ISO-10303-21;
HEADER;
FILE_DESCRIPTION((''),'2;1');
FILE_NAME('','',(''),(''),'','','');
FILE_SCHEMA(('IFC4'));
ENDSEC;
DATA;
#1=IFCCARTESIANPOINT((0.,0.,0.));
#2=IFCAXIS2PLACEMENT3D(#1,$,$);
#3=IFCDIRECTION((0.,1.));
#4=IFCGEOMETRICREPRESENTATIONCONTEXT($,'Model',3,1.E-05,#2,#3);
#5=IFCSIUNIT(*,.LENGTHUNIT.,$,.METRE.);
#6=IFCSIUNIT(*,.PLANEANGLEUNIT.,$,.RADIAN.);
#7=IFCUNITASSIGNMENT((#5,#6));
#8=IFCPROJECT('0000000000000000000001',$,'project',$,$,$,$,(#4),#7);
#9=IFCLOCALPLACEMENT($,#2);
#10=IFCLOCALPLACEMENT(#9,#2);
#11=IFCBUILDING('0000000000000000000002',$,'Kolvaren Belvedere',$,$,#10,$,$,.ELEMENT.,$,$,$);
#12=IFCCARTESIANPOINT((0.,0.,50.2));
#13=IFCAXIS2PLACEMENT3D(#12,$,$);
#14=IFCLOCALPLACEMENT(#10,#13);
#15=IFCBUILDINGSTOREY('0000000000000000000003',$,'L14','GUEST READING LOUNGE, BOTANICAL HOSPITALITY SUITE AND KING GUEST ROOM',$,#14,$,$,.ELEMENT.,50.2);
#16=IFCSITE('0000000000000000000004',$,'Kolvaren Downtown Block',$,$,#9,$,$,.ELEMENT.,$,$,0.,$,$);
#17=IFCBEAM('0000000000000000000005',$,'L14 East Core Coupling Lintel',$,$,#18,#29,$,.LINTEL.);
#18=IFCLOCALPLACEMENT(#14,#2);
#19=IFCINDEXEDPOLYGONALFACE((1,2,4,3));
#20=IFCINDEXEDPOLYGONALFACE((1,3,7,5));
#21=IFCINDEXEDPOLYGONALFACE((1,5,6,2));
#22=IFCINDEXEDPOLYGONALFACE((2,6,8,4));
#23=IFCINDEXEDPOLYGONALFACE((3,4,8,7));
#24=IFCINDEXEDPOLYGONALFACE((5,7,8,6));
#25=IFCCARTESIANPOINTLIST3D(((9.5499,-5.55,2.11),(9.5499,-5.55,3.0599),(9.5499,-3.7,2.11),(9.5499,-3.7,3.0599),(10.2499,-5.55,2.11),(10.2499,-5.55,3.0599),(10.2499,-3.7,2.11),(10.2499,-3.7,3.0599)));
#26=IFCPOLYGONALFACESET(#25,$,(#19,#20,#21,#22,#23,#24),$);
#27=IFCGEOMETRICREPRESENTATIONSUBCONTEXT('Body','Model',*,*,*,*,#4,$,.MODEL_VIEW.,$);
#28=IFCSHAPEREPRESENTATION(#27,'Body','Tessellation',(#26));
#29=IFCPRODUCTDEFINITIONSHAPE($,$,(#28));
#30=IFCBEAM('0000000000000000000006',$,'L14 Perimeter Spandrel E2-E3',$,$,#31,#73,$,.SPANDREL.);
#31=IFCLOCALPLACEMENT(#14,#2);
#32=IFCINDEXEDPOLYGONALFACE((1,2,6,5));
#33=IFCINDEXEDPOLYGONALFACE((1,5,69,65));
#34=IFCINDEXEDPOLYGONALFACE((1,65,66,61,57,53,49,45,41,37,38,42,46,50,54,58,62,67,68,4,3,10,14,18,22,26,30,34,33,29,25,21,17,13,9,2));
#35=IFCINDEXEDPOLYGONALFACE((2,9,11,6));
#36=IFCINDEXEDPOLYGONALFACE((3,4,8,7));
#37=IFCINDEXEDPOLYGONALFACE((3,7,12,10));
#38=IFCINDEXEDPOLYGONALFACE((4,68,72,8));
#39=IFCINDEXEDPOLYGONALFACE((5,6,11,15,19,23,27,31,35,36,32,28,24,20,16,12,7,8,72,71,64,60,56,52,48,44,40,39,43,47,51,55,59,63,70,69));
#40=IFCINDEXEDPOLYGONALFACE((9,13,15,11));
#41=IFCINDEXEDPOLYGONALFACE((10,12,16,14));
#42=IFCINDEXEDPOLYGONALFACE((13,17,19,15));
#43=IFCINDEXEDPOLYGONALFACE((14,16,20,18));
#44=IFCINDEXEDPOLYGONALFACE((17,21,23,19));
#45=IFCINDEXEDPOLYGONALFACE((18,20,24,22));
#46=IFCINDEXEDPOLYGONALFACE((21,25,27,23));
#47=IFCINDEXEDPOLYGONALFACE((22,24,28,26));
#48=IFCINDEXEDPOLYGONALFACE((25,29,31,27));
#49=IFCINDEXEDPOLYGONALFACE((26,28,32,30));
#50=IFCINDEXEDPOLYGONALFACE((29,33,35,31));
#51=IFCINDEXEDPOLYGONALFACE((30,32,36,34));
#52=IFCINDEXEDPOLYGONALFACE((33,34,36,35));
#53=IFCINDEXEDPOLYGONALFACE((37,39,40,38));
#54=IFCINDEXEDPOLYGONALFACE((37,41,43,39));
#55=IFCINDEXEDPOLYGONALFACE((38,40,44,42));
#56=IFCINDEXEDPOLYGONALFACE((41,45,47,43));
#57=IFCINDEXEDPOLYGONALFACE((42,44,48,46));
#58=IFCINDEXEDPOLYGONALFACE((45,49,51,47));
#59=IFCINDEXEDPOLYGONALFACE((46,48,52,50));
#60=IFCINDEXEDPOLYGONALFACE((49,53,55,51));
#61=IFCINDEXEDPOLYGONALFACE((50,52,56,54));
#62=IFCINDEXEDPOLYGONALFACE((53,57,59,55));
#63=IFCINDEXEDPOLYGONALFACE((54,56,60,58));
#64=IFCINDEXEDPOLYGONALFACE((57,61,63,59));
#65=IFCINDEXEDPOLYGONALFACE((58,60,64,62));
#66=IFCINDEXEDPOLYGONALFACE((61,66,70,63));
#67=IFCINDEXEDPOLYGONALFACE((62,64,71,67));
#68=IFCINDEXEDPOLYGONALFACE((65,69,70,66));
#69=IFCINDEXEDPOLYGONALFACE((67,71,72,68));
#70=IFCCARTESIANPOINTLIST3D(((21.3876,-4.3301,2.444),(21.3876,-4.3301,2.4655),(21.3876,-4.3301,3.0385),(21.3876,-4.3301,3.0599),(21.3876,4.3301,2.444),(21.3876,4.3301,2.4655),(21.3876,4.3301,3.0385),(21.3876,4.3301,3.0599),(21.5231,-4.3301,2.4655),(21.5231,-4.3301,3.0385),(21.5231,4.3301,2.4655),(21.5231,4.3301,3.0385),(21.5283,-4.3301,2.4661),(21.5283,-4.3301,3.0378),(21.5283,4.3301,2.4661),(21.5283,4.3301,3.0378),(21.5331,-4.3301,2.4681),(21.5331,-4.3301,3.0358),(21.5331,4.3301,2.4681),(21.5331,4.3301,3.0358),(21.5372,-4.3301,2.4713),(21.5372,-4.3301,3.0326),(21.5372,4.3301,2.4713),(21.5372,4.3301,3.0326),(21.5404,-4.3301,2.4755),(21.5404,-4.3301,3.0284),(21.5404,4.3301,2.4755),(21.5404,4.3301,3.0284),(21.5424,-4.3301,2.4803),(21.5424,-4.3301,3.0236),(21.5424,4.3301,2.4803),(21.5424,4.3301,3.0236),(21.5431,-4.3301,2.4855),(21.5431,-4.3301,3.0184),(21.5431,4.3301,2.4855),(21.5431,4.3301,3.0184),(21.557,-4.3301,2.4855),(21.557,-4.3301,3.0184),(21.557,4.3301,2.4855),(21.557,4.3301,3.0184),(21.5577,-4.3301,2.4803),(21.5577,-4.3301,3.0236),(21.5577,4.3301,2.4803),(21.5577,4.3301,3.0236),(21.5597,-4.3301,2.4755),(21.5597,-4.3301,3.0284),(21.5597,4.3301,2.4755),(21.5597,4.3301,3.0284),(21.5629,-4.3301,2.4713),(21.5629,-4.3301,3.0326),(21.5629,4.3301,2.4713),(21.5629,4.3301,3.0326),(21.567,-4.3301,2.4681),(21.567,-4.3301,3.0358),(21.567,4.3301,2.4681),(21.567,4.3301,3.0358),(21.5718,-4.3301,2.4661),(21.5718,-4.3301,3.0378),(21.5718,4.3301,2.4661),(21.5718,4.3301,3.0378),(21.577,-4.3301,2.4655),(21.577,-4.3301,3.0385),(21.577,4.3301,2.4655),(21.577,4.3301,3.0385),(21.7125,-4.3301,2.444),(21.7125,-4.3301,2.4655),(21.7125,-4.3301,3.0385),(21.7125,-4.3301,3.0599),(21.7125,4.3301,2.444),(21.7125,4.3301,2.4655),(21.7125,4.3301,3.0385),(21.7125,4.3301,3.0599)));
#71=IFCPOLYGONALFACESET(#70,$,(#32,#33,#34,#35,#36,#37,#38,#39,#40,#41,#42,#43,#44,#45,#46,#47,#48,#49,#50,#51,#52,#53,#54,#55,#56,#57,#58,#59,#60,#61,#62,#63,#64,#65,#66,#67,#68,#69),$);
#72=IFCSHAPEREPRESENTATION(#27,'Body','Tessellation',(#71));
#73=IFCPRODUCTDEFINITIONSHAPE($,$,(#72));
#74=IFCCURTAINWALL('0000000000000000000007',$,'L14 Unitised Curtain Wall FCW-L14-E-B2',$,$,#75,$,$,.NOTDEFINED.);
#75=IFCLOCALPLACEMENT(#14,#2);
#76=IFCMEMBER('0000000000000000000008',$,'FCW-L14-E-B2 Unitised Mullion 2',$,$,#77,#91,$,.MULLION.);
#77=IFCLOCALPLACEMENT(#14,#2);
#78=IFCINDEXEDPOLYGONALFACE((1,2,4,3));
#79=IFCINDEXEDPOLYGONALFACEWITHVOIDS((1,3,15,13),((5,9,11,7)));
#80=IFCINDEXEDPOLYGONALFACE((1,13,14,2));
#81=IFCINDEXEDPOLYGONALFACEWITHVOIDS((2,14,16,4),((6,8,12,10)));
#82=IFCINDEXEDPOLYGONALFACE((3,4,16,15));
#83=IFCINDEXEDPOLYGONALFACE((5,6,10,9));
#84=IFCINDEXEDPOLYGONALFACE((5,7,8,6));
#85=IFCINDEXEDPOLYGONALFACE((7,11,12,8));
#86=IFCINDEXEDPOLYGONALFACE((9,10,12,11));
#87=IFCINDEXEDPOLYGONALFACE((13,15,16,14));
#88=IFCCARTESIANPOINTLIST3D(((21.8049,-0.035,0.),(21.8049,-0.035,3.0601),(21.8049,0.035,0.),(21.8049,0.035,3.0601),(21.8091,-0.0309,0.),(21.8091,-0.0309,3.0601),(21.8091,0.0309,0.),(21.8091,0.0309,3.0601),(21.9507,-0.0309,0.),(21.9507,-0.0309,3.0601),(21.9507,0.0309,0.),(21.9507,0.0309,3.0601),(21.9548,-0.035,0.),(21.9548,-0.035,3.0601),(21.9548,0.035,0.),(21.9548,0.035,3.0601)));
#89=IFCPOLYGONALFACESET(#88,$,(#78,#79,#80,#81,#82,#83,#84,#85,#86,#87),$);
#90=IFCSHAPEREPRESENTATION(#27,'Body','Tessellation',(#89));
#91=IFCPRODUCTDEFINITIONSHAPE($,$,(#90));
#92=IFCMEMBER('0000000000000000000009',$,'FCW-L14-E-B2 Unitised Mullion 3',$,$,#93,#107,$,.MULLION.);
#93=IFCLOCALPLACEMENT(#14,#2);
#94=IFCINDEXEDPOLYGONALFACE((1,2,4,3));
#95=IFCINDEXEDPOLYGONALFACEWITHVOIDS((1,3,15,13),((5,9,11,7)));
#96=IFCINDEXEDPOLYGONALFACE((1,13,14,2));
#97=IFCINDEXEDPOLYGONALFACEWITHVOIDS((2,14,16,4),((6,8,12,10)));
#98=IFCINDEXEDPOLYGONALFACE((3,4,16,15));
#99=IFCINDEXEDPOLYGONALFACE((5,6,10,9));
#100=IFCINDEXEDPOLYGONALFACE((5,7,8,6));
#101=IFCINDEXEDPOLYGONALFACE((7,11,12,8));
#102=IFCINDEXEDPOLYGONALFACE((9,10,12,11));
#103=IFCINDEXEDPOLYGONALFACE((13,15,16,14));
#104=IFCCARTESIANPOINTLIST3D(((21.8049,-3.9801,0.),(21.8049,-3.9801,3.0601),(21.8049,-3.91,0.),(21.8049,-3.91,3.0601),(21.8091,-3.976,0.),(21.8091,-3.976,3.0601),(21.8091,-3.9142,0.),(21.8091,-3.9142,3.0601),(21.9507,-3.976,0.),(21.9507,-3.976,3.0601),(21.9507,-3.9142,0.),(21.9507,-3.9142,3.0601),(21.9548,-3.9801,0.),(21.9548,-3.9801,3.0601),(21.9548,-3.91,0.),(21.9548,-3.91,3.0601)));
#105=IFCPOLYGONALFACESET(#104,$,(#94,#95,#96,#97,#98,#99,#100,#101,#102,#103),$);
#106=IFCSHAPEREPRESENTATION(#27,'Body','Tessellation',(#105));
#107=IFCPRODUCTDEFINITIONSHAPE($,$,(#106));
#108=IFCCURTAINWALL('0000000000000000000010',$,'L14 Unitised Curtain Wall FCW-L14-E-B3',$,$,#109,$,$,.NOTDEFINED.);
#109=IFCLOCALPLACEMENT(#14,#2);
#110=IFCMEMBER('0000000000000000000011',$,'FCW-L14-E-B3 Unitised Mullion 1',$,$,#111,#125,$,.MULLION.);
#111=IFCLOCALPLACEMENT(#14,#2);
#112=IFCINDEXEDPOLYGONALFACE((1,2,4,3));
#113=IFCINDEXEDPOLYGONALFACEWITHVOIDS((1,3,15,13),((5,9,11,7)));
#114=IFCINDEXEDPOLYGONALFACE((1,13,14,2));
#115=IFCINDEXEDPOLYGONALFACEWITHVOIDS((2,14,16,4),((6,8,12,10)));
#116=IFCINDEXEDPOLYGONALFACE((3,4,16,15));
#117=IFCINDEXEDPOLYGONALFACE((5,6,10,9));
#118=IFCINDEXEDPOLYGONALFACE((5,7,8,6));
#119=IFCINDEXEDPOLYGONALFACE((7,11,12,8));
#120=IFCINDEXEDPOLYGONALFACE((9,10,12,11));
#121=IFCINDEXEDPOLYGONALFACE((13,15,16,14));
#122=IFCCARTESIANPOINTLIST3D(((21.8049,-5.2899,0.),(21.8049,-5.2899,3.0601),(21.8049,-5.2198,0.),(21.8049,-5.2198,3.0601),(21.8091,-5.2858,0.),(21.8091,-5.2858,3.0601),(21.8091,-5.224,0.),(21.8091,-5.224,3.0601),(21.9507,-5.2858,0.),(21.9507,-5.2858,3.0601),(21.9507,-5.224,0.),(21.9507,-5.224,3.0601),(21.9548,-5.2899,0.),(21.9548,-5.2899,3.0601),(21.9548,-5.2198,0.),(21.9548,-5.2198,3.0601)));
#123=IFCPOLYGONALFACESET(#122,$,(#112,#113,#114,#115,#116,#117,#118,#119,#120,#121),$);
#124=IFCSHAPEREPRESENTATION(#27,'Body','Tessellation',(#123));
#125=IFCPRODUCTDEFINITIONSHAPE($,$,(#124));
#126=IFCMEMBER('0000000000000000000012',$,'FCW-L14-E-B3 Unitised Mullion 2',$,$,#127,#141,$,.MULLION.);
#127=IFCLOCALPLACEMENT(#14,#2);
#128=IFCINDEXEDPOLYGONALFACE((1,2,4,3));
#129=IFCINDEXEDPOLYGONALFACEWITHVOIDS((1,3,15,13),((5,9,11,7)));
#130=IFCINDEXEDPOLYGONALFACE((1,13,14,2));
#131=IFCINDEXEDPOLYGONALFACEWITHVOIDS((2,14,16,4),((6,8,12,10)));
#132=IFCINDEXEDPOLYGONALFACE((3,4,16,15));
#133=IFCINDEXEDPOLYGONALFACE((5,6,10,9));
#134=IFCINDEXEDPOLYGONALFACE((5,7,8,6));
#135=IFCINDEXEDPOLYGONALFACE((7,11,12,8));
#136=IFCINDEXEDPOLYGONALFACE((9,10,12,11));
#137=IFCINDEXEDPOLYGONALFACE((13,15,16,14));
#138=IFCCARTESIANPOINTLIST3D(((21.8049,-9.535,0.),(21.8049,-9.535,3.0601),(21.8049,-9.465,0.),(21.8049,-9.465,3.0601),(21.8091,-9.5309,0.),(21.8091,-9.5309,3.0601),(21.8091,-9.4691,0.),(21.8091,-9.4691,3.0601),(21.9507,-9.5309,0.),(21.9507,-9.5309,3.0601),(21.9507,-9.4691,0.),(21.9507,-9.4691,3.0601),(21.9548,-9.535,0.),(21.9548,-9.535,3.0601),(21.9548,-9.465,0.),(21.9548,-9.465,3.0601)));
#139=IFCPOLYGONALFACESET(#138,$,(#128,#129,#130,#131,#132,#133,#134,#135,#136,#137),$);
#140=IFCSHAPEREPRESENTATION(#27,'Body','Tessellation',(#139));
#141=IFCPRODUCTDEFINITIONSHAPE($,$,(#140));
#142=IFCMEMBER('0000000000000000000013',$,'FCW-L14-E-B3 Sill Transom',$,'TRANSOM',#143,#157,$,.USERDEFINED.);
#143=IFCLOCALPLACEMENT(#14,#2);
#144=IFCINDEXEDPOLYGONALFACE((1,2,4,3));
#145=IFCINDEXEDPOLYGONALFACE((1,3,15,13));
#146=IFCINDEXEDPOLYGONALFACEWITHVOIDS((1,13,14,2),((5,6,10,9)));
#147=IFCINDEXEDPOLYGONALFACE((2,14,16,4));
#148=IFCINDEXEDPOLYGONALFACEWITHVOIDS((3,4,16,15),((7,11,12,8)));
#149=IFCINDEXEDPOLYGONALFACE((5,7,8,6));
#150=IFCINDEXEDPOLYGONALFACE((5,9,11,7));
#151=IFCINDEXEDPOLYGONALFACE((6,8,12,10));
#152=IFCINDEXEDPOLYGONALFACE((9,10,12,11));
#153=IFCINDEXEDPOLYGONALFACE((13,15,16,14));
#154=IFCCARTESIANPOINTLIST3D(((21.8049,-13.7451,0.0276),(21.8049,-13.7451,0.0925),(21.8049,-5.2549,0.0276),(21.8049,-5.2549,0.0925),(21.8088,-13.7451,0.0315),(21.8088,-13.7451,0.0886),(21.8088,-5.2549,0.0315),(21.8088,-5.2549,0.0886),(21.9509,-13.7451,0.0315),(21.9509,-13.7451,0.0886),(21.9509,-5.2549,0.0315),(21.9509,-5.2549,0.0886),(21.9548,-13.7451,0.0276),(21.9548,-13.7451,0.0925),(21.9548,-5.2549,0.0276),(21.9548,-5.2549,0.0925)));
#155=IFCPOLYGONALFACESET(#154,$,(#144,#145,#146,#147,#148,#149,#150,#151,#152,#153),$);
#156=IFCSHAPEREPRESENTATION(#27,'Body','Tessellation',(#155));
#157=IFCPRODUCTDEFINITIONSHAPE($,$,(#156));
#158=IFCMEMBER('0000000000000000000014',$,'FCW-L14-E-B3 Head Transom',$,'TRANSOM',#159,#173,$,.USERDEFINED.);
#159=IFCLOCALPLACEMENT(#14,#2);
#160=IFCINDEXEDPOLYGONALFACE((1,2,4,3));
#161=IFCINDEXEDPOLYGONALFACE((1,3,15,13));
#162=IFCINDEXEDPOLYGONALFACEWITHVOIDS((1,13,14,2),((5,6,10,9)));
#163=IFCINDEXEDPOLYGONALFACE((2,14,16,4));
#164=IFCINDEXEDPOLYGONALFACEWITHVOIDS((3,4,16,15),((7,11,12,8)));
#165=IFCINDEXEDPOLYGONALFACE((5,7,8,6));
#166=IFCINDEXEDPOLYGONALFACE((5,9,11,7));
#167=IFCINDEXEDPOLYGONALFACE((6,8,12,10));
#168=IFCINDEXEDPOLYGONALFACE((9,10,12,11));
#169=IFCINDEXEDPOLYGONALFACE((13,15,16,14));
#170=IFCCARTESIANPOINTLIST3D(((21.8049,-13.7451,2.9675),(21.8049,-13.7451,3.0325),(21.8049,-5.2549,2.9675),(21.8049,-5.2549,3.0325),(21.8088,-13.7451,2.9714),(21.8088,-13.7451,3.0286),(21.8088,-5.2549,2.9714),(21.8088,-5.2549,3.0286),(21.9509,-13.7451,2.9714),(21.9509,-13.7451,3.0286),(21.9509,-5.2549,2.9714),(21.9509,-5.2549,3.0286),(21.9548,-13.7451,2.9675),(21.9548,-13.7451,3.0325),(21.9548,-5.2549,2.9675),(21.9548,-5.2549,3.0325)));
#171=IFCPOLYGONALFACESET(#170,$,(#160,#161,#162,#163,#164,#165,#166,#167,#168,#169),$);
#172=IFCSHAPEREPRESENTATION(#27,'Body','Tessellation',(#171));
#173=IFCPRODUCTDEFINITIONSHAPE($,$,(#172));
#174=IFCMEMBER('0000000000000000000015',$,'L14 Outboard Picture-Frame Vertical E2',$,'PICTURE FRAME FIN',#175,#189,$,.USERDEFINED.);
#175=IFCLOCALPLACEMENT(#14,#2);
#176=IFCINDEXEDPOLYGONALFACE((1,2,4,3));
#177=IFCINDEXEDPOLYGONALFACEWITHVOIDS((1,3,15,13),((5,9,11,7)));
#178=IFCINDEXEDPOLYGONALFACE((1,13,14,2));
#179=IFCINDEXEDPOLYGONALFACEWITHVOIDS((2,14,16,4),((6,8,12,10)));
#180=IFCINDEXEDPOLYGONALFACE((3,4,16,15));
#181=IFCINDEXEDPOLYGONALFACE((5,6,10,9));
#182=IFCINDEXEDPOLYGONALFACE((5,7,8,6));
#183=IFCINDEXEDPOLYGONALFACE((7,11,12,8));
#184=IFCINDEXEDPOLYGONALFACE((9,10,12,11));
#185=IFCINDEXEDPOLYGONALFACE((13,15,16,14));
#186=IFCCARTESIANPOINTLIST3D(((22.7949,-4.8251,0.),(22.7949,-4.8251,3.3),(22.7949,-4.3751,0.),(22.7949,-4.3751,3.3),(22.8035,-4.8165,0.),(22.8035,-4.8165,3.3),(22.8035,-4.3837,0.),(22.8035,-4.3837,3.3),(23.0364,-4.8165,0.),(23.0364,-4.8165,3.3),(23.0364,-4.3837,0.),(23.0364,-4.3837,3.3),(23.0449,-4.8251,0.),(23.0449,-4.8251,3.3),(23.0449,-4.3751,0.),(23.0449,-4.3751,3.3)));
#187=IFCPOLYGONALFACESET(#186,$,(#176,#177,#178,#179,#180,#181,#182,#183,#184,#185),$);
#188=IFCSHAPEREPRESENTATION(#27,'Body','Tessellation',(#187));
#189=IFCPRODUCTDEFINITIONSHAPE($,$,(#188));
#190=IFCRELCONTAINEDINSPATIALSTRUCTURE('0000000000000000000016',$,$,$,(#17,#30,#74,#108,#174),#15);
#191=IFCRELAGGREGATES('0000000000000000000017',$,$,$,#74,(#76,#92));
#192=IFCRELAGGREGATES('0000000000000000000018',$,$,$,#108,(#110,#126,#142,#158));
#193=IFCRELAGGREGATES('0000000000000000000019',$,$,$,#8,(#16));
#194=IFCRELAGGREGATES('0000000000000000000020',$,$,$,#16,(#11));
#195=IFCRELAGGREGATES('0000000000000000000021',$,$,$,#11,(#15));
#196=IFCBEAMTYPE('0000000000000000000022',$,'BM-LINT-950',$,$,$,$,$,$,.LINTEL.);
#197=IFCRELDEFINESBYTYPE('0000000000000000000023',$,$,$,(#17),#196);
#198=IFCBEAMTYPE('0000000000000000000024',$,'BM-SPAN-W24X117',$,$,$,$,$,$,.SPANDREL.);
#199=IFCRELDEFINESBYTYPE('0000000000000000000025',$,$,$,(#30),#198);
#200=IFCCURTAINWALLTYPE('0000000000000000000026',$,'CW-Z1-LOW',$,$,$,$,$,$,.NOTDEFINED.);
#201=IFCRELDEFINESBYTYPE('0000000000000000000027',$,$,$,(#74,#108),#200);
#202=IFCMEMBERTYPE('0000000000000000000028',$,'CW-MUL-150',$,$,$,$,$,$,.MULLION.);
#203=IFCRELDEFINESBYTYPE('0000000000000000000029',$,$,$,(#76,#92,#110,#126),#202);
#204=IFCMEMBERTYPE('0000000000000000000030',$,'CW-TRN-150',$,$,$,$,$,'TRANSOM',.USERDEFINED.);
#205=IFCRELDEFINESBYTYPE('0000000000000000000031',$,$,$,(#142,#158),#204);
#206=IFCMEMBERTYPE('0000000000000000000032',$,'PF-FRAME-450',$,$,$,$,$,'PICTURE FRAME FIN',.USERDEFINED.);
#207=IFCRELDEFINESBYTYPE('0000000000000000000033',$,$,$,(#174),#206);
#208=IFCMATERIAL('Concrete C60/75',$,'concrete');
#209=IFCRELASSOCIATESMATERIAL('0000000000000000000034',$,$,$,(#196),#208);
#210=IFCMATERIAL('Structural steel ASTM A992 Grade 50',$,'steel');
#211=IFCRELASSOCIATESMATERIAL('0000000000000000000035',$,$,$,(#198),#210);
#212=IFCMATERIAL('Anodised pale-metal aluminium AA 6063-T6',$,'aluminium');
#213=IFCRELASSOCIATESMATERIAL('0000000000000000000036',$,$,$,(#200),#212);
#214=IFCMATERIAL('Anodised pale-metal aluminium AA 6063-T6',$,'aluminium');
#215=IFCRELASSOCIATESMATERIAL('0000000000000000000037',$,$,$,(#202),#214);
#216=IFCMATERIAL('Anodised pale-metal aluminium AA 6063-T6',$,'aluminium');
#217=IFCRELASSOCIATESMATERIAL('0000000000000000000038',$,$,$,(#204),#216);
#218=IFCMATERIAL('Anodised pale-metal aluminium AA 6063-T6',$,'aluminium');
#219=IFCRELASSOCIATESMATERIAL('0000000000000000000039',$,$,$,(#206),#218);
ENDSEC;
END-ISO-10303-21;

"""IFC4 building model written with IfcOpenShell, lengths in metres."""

from ifc_helpers import new_model, si_unit, direction, frame, origin, origin_2d, place, context, subcontext, project, spatial, rectangle, hollow_rectangle, i_section, extrude, material, material_profile, profile_set, type_object, element, aggregate, save


model = new_model("IFC4")

# Units and contexts
model_context = context("Model", 3, precision=1e-05, world=origin(), true_north=direction((0.0, 1.0)))
body_context = subcontext(model_context, "Body", "Model", "MODEL_VIEW")
ifc_project = project(units=[si_unit("LENGTHUNIT", "METRE"), si_unit("PLANEANGLEUNIT", "RADIAN")], contexts=[model_context])

# Site, building, storey
site_placement = place(None, origin())
site = spatial("IfcSite", under=ifc_project, at=site_placement, Name="Kolvaren Downtown Block", CompositionType="ELEMENT", RefElevation=0.0)
building_placement = place(site_placement, origin())
building = spatial("IfcBuilding", under=site, at=building_placement, Name="Kolvaren Belvedere", CompositionType="ELEMENT")
storey_placement = place(building_placement, frame((0.0, 0.0, 50.2)))
storey = spatial("IfcBuildingStorey", under=building, at=storey_placement, Name="L14", Description="GUEST READING LOUNGE, BOTANICAL HOSPITALITY SUITE AND KING GUEST ROOM", CompositionType="ELEMENT", Elevation=50.2)

# Beams
ifc_material_1 = material(Name="Concrete C60/75", Category="concrete")
ifc_material_profile_1 = material_profile(ifc_material_1, rectangle(XDim=0.7, YDim=0.95, at=origin_2d()), Name="RC 700X950")
ifc_profile_set_1 = profile_set([ifc_material_profile_1], Name="Concrete C60/75")
beam_type_1 = type_object("IfcBeamType", Name="BM-LINT-950", PredefinedType="LINTEL", material=ifc_profile_set_1)
beam_1_placement = place(storey_placement, frame((9.8999, -5.55, 2.585), z_axis=(0.0, 1.0, 0.0), x_axis=(-1.0, 0.0, 0.0)))
element("IfcBeam", 1, at=beam_1_placement, inside=storey, type_object=beam_type_1, Name="L14 East Core Coupling Lintel", PredefinedType="LINTEL", context=body_context, shape_type="SweptSolid", body=[
    extrude(rectangle(XDim=0.7, YDim=0.95, at=origin_2d()), origin(), (0.0, 0.0, 1.0), 1.8501),
])
ifc_material_2 = material(Name="Structural steel ASTM A992 Grade 50", Category="steel")
ifc_material_profile_2 = material_profile(ifc_material_2, i_section(OverallWidth=0.325, OverallDepth=0.616, WebThickness=0.0139, FlangeThickness=0.0215, FilletRadius=0.02, at=origin_2d()), Name="W24X117")
ifc_profile_set_2 = profile_set([ifc_material_profile_2], Name="Structural steel ASTM A992 Grade 50")
beam_type_2 = type_object("IfcBeamType", Name="BM-SPAN-W24X117", PredefinedType="SPANDREL", material=ifc_profile_set_2)
beam_2_placement = place(storey_placement, frame((21.55, -4.3301, 2.752), z_axis=(0.0, 1.0, 0.0), x_axis=(-1.0, 0.0, 0.0)))
element("IfcBeam", 2, at=beam_2_placement, inside=storey, type_object=beam_type_2, Name="L14 Perimeter Spandrel E2-E3", PredefinedType="SPANDREL", context=body_context, shape_type="SweptSolid", body=[
    extrude(i_section(OverallWidth=0.325, OverallDepth=0.616, WebThickness=0.0139, FlangeThickness=0.0215, FilletRadius=0.02, at=origin_2d()), origin(), (0.0, 0.0, 1.0), 8.6602),
])

# Curtain walls, members
ifc_material_3 = material(Name="Anodised pale-metal aluminium AA 6063-T6", Category="aluminium")
curtain_wall_type = type_object("IfcCurtainWallType", Name="CW-Z1-LOW", PredefinedType="NOTDEFINED", material=ifc_material_3)
curtain_wall_1_placement = place(storey_placement, origin())
curtain_wall_1 = element("IfcCurtainWall", 3, at=curtain_wall_1_placement, inside=storey, type_object=curtain_wall_type, Name="L14 Unitised Curtain Wall FCW-L14-E-B2", PredefinedType="NOTDEFINED")
ifc_material_4 = material(Name="Anodised pale-metal aluminium AA 6063-T6", Category="aluminium")
ifc_material_profile_3 = material_profile(ifc_material_4, hollow_rectangle(XDim=0.0701, YDim=0.1499, WallThickness=0.0042, at=origin_2d()), Name="ALU-MUL-150X70")
ifc_profile_set_3 = profile_set([ifc_material_profile_3], Name="Anodised pale-metal aluminium AA 6063-T6")
member_type_1 = type_object("IfcMemberType", Name="CW-MUL-150", PredefinedType="MULLION", material=ifc_profile_set_3)
member_1_placement = place(storey_placement, frame((21.8799, 0.0, 0.0), z_axis=(0.0, 0.0, 1.0), x_axis=(0.0, 1.0, 0.0)))
member_1 = element("IfcMember", 4, at=member_1_placement, type_object=member_type_1, Name="FCW-L14-E-B2 Unitised Mullion 2", PredefinedType="MULLION", context=body_context, shape_type="SweptSolid", body=[
    extrude(hollow_rectangle(XDim=0.0701, YDim=0.1499, WallThickness=0.0042, at=origin_2d()), origin(), (0.0, 0.0, 1.0), 3.0601),
])
member_2_placement = place(storey_placement, frame((21.8799, -3.9451, 0.0), z_axis=(0.0, 0.0, 1.0), x_axis=(0.0, 1.0, 0.0)))
member_2 = element("IfcMember", 5, at=member_2_placement, type_object=member_type_1, Name="FCW-L14-E-B2 Unitised Mullion 3", PredefinedType="MULLION", context=body_context, shape_type="SweptSolid", body=[
    extrude(hollow_rectangle(XDim=0.0701, YDim=0.1499, WallThickness=0.0042, at=origin_2d()), origin(), (0.0, 0.0, 1.0), 3.0601),
])
curtain_wall_2_placement = place(storey_placement, origin())
curtain_wall_2 = element("IfcCurtainWall", 6, at=curtain_wall_2_placement, inside=storey, type_object=curtain_wall_type, Name="L14 Unitised Curtain Wall FCW-L14-E-B3", PredefinedType="NOTDEFINED")
member_3_placement = place(storey_placement, frame((21.8799, -5.2549, 0.0), z_axis=(0.0, 0.0, 1.0), x_axis=(0.0, 1.0, 0.0)))
member_3 = element("IfcMember", 7, at=member_3_placement, type_object=member_type_1, Name="FCW-L14-E-B3 Unitised Mullion 1", PredefinedType="MULLION", context=body_context, shape_type="SweptSolid", body=[
    extrude(hollow_rectangle(XDim=0.0701, YDim=0.1499, WallThickness=0.0042, at=origin_2d()), origin(), (0.0, 0.0, 1.0), 3.0601),
])
member_4_placement = place(storey_placement, frame((21.8799, -9.5, 0.0), z_axis=(0.0, 0.0, 1.0), x_axis=(0.0, 1.0, 0.0)))
member_4 = element("IfcMember", 8, at=member_4_placement, type_object=member_type_1, Name="FCW-L14-E-B3 Unitised Mullion 2", PredefinedType="MULLION", context=body_context, shape_type="SweptSolid", body=[
    extrude(hollow_rectangle(XDim=0.0701, YDim=0.1499, WallThickness=0.0042, at=origin_2d()), origin(), (0.0, 0.0, 1.0), 3.0601),
])
ifc_material_5 = material(Name="Anodised pale-metal aluminium AA 6063-T6", Category="aluminium")
ifc_material_profile_4 = material_profile(ifc_material_5, hollow_rectangle(XDim=0.0649, YDim=0.1499, WallThickness=0.0039, at=origin_2d()), Name="ALU-TRN-150X65")
ifc_profile_set_4 = profile_set([ifc_material_profile_4], Name="Anodised pale-metal aluminium AA 6063-T6")
member_type_2 = type_object("IfcMemberType", Name="CW-TRN-150", ElementType="TRANSOM", PredefinedType="USERDEFINED", material=ifc_profile_set_4)
member_5_placement = place(storey_placement, frame((21.8799, -5.2549, 0.0601), z_axis=(0.0, -1.0, 0.0), x_axis=(0.0, 0.0, 1.0)))
member_5 = element("IfcMember", 9, at=member_5_placement, type_object=member_type_2, Name="FCW-L14-E-B3 Sill Transom", ObjectType="TRANSOM", PredefinedType="USERDEFINED", context=body_context, shape_type="SweptSolid", body=[
    extrude(hollow_rectangle(XDim=0.0649, YDim=0.1499, WallThickness=0.0039, at=origin_2d()), origin(), (0.0, 0.0, 1.0), 8.4902),
])
member_6_placement = place(storey_placement, frame((21.8799, -5.2549, 3.0), z_axis=(0.0, -1.0, 0.0), x_axis=(0.0, 0.0, 1.0)))
member_6 = element("IfcMember", 10, at=member_6_placement, type_object=member_type_2, Name="FCW-L14-E-B3 Head Transom", ObjectType="TRANSOM", PredefinedType="USERDEFINED", context=body_context, shape_type="SweptSolid", body=[
    extrude(hollow_rectangle(XDim=0.0649, YDim=0.1499, WallThickness=0.0039, at=origin_2d()), origin(), (0.0, 0.0, 1.0), 8.4902),
])

# Member
ifc_material_6 = material(Name="Anodised pale-metal aluminium AA 6063-T6", Category="aluminium")
ifc_material_profile_5 = material_profile(ifc_material_6, hollow_rectangle(XDim=0.25, YDim=0.45, WallThickness=0.0085, at=origin_2d()), Name="ALU-PF-450X250")
ifc_profile_set_5 = profile_set([ifc_material_profile_5], Name="Anodised pale-metal aluminium AA 6063-T6")
member_type_3 = type_object("IfcMemberType", Name="PF-FRAME-450", ElementType="PICTURE FRAME FIN", PredefinedType="USERDEFINED", material=ifc_profile_set_5)
member_7_placement = place(storey_placement, frame((22.9199, -4.6001, 0.0), z_axis=(0.0, 0.0, 1.0), x_axis=(1.0, 0.0, 0.0)))
element("IfcMember", 11, at=member_7_placement, inside=storey, type_object=member_type_3, Name="L14 Outboard Picture-Frame Vertical E2", ObjectType="PICTURE FRAME FIN", PredefinedType="USERDEFINED", context=body_context, shape_type="SweptSolid", body=[
    extrude(hollow_rectangle(XDim=0.25, YDim=0.45, WallThickness=0.0085, at=origin_2d()), origin(), (0.0, 0.0, 1.0), 3.3),
])

aggregate(curtain_wall_1, [member_1, member_2])
aggregate(curtain_wall_2, [member_3, member_4, member_5, member_6])

save(model, "model.ifc")
